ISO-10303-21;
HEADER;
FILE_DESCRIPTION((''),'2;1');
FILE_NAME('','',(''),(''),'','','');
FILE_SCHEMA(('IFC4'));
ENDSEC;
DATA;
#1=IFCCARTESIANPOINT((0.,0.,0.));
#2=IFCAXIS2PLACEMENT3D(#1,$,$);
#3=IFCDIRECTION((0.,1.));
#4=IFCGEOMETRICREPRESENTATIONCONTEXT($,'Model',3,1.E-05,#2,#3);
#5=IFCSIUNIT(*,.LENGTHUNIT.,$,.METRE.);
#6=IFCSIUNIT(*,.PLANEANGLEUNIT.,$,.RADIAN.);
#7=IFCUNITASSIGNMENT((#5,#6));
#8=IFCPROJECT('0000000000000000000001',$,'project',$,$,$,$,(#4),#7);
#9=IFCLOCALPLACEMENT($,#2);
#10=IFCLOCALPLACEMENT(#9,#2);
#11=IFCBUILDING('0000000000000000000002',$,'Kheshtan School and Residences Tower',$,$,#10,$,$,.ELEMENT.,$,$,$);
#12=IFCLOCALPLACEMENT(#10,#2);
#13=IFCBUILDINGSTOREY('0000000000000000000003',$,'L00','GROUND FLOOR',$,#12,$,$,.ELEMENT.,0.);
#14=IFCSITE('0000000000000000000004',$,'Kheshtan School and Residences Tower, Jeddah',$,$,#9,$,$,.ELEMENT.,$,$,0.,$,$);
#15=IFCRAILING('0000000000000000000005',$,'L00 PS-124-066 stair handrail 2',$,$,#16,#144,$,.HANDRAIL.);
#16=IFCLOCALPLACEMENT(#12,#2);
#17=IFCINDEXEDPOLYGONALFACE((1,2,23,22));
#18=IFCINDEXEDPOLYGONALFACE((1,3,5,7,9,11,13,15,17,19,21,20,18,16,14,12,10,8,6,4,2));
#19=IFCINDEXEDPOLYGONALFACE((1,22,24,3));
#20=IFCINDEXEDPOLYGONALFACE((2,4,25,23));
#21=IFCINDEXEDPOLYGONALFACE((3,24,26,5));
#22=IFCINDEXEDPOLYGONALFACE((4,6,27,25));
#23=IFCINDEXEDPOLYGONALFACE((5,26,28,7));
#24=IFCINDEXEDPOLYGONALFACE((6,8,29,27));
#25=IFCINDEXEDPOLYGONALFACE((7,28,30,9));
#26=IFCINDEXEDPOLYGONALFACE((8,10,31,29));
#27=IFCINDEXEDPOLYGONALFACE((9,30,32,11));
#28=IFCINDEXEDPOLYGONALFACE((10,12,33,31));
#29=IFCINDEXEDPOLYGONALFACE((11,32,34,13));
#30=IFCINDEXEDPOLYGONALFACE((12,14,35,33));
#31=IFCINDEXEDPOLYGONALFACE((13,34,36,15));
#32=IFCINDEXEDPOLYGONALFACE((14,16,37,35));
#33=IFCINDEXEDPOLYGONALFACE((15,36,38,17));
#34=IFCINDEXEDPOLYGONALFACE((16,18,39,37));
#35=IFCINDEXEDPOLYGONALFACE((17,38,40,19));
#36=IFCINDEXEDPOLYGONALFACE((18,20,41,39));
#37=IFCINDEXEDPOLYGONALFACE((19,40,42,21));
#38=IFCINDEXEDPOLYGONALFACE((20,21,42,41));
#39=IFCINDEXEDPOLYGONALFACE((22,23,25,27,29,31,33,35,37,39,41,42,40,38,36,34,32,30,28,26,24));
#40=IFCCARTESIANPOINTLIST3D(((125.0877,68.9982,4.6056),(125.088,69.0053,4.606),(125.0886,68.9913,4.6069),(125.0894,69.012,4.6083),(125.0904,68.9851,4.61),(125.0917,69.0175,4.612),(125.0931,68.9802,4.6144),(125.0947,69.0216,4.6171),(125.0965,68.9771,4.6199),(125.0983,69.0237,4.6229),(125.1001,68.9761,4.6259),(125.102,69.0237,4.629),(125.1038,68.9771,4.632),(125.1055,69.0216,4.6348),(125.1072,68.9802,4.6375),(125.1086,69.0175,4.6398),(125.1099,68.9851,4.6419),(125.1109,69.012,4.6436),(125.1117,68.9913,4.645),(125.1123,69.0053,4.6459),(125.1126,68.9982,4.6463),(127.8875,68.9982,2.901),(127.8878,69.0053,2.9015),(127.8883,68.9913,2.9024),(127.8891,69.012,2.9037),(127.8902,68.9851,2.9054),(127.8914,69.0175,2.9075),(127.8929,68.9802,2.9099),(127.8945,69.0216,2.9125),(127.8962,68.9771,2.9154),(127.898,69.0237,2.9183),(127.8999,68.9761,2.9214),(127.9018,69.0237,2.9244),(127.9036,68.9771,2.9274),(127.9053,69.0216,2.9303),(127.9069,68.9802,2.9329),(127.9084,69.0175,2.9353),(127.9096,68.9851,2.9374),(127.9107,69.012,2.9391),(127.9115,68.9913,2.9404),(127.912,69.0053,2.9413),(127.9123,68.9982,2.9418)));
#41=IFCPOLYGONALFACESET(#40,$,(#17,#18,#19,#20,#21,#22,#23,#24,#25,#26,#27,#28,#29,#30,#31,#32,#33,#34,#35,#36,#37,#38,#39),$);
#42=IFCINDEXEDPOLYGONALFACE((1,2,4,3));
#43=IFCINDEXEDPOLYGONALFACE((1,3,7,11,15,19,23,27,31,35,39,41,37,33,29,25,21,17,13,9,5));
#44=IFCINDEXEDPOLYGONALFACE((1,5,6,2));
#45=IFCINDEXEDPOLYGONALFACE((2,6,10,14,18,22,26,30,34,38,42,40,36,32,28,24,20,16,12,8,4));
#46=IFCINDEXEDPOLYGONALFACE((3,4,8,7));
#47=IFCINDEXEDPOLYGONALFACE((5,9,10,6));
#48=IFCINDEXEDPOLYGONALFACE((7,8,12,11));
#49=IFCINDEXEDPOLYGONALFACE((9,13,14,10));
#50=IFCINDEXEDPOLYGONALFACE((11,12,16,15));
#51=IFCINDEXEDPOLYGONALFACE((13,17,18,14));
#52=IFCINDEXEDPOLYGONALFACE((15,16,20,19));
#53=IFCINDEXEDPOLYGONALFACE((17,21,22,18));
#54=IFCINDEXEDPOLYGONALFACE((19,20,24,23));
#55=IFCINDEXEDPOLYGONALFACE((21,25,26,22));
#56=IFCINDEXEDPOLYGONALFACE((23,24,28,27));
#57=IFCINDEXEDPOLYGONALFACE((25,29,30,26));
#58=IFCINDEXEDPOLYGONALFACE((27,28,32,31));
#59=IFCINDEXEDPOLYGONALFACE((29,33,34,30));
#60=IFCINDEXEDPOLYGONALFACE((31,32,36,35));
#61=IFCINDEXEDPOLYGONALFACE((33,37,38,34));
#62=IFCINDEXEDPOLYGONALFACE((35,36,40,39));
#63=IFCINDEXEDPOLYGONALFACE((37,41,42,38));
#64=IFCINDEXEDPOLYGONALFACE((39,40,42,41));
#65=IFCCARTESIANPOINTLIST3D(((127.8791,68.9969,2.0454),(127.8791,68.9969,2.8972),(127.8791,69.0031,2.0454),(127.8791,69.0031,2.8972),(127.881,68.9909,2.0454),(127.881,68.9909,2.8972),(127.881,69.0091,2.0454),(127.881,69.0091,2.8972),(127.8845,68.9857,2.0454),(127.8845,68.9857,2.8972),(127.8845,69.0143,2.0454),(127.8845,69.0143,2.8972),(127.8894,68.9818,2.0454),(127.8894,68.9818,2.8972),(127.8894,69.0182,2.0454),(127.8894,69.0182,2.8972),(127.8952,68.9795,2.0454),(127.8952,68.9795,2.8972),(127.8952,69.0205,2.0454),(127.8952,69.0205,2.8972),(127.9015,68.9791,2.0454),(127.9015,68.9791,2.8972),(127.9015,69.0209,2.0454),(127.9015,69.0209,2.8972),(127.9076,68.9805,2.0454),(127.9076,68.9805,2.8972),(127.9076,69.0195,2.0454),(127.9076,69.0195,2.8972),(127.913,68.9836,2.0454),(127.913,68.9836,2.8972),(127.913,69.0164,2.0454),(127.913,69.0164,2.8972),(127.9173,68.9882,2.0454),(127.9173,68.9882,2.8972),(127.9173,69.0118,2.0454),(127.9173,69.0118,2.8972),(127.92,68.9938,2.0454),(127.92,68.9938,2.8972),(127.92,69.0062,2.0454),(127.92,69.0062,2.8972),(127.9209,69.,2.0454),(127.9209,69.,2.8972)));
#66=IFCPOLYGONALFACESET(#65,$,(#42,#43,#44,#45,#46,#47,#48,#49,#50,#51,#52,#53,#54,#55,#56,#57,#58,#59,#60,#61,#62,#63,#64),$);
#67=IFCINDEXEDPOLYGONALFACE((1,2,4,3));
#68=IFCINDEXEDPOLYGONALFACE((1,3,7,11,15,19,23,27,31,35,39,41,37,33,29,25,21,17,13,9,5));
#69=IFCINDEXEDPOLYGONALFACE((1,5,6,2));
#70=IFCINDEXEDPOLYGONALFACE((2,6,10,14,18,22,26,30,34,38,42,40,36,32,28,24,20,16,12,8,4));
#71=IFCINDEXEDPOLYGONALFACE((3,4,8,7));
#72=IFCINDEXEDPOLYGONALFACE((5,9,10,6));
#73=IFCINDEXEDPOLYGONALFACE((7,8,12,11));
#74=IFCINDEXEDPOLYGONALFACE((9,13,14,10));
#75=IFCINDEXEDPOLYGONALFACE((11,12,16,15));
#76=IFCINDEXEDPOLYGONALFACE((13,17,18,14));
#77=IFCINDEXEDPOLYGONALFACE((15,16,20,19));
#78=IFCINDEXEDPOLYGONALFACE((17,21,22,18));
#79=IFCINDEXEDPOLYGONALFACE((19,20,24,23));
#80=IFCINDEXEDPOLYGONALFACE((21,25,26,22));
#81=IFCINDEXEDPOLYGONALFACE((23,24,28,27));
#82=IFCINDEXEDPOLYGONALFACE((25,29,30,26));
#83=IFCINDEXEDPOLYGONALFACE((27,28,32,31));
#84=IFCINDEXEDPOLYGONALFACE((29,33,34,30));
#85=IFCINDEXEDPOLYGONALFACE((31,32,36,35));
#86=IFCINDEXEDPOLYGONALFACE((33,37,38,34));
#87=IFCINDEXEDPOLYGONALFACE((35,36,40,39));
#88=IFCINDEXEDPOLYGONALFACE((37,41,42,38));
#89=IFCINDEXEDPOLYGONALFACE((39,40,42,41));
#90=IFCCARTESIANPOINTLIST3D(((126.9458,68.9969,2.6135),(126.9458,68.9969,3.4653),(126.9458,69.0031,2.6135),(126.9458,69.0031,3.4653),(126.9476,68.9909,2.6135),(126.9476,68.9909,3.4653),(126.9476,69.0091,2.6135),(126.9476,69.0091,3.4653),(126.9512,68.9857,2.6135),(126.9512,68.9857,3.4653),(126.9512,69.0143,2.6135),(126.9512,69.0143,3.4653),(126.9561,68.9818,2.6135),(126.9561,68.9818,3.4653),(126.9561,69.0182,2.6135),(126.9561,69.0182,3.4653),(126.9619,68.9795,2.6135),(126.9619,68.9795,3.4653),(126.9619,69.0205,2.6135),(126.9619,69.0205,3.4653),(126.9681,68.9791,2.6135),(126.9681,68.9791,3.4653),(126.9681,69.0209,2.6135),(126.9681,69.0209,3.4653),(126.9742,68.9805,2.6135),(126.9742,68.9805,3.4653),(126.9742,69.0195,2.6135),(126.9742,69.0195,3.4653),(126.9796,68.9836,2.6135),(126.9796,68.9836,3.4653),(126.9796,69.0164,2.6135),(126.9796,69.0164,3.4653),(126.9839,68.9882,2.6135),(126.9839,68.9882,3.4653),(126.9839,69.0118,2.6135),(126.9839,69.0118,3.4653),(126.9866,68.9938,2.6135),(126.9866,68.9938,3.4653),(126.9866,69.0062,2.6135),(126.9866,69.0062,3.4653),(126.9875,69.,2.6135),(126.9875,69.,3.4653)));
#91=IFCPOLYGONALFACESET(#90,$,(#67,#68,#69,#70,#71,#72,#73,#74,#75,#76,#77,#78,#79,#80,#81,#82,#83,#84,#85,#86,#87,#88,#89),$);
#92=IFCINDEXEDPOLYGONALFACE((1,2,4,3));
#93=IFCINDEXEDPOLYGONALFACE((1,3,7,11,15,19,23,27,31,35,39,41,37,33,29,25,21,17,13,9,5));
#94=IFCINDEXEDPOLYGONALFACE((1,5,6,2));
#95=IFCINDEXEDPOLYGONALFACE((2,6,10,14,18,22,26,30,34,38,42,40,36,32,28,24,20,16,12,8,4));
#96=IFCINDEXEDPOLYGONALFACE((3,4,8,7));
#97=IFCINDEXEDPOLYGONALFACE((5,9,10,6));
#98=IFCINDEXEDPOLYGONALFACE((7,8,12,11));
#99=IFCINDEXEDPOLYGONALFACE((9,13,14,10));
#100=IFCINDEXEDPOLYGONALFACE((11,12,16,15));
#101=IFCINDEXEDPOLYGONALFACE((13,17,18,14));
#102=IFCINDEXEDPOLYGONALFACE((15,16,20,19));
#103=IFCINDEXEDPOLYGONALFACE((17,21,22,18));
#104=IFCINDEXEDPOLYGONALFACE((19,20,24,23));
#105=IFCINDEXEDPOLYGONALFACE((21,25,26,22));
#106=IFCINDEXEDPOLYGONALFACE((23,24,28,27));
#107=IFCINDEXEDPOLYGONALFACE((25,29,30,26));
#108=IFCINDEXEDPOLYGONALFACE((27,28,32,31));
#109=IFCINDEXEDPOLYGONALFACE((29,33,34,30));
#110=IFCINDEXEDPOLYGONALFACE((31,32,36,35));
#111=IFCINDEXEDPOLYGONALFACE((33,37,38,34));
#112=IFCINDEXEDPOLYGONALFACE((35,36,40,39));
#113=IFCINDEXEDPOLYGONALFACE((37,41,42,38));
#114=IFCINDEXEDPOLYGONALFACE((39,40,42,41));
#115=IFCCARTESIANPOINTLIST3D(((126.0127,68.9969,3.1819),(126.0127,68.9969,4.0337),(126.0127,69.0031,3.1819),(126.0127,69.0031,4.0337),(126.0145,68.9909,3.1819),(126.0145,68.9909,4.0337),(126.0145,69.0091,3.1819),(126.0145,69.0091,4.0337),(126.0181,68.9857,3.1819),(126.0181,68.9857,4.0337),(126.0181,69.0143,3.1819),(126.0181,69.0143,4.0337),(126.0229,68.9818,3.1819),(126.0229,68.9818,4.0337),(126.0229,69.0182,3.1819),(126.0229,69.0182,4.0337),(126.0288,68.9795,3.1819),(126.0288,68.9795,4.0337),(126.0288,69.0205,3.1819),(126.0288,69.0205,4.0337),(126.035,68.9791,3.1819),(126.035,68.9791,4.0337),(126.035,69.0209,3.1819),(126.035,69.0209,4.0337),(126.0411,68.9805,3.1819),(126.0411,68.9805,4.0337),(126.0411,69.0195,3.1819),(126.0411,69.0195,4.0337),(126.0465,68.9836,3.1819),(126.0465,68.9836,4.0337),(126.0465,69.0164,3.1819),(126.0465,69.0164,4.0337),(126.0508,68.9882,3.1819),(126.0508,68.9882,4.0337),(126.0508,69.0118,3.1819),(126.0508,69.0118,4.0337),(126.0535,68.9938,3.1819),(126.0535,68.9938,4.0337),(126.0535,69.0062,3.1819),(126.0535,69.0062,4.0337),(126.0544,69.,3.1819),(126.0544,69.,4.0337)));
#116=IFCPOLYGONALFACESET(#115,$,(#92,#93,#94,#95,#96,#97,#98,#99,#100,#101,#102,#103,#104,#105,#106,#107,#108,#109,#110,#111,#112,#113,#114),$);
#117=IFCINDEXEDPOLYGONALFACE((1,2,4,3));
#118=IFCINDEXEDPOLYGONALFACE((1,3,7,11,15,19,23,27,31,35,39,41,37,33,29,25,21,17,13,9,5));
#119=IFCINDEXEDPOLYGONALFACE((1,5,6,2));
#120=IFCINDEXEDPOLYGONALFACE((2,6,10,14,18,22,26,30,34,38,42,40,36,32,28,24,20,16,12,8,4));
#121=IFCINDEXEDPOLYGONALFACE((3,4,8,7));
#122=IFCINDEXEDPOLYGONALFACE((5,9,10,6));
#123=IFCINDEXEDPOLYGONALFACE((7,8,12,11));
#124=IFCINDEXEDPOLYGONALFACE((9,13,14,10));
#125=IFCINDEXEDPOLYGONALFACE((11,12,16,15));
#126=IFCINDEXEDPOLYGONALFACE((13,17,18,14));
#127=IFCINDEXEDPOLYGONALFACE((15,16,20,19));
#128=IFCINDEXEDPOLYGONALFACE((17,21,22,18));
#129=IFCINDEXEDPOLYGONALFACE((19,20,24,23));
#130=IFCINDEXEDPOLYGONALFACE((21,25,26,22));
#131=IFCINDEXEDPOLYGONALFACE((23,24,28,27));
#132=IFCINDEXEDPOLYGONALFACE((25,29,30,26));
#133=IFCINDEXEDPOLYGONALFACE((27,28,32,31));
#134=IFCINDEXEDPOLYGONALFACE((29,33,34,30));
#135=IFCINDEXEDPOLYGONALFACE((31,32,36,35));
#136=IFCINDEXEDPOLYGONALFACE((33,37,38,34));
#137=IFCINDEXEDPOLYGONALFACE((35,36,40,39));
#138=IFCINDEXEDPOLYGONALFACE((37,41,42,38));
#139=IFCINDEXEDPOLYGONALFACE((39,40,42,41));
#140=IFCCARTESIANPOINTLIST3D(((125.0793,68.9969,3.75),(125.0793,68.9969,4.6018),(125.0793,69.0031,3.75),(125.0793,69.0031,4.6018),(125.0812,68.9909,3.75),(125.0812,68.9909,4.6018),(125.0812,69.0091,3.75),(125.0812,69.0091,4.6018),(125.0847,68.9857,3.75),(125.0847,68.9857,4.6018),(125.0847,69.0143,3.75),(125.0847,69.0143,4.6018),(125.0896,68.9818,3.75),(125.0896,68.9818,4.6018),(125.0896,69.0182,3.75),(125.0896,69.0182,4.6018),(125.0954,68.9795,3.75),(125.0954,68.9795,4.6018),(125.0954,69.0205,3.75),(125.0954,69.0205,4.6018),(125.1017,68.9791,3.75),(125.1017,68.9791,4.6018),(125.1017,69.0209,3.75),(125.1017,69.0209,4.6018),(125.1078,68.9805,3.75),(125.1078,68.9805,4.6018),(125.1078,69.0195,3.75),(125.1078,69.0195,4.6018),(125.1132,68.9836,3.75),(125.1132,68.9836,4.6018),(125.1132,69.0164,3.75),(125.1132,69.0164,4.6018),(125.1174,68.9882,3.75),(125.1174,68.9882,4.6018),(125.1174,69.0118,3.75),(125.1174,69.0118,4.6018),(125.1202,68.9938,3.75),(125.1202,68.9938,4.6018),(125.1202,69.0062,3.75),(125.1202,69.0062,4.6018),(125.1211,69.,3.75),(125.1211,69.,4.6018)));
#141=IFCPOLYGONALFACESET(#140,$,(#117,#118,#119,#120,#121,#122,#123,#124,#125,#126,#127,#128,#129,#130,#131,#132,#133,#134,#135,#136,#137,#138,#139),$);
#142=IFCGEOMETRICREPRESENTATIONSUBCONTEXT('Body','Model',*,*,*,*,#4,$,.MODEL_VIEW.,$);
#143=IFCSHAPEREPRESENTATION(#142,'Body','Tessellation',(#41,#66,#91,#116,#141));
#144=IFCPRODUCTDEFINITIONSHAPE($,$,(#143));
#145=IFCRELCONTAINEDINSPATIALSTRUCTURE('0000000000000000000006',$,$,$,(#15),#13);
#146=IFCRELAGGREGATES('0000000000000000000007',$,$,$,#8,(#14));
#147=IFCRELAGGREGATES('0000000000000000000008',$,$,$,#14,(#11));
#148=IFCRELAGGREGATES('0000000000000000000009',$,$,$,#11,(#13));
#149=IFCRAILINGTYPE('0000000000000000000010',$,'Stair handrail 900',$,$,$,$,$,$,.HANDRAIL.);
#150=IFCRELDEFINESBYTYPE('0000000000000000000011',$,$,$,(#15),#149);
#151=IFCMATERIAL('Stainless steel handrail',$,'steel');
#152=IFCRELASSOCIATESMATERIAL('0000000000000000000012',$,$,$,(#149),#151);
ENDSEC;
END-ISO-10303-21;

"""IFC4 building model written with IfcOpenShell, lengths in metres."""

from ifc_helpers import new_model, si_unit, direction, frame, origin, origin_2d, place, context, subcontext, project, spatial, circle, extrude, material, type_object, element, save


model = new_model("IFC4")

# Units and contexts
model_context = context("Model", 3, precision=1e-05, world=origin(), true_north=direction((0.0, 1.0)))
body_context = subcontext(model_context, "Body", "Model", "MODEL_VIEW")
ifc_project = project(units=[si_unit("LENGTHUNIT", "METRE"), si_unit("PLANEANGLEUNIT", "RADIAN")], contexts=[model_context])

# Site, building, storey
site_placement = place(None, origin())
site = spatial("IfcSite", under=ifc_project, at=site_placement, Name="Kheshtan School and Residences Tower, Jeddah", CompositionType="ELEMENT", RefElevation=0.0)
building_placement = place(site_placement, origin())
building = spatial("IfcBuilding", under=site, at=building_placement, Name="Kheshtan School and Residences Tower", CompositionType="ELEMENT")
storey_placement = place(building_placement, origin())
storey = spatial("IfcBuildingStorey", under=building, at=storey_placement, Name="L00", Description="GROUND FLOOR", CompositionType="ELEMENT", Elevation=0.0)

# Railing
ifc_material_1 = material(Name="Stainless steel handrail", Category="steel")
railing_type_1 = type_object("IfcRailingType", Name="Stair handrail 900", PredefinedType="HANDRAIL", material=ifc_material_1)
for number, where, name in (
    (1, (127.8999, 69.0, 2.0454), "L00 PS-124-066 stair handrail 2"),
):
    element("IfcRailing", number, at=place(storey_placement, frame(where)), inside=storey, type_object=railing_type_1, Name=name, PredefinedType="HANDRAIL", context=body_context, shape_type="SweptSolid", body=[
        extrude(circle(Radius=0.0239, at=origin_2d()), frame((0.0, 0.0, 0.876), z_axis=(-0.85415, 0.0, 0.520027), x_axis=(0.0, -1.0, 0.0)), (0.0, 0.0, 1.0), 3.2778),
        extrude(circle(Radius=0.021, at=origin_2d()), origin(), (0.0, 0.0, 1.0), 0.8518),
        extrude(circle(Radius=0.021, at=origin_2d()), frame((-0.9333, 0.0, 0.5681)), (0.0, 0.0, 1.0), 0.8518),
        extrude(circle(Radius=0.021, at=origin_2d()), frame((-1.8665, 0.0, 1.1365)), (0.0, 0.0, 1.0), 0.8518),
        extrude(circle(Radius=0.021, at=origin_2d()), frame((-2.7998, 0.0, 1.7046)), (0.0, 0.0, 1.0), 0.8518),
    ])

save(model, "model.ifc")
